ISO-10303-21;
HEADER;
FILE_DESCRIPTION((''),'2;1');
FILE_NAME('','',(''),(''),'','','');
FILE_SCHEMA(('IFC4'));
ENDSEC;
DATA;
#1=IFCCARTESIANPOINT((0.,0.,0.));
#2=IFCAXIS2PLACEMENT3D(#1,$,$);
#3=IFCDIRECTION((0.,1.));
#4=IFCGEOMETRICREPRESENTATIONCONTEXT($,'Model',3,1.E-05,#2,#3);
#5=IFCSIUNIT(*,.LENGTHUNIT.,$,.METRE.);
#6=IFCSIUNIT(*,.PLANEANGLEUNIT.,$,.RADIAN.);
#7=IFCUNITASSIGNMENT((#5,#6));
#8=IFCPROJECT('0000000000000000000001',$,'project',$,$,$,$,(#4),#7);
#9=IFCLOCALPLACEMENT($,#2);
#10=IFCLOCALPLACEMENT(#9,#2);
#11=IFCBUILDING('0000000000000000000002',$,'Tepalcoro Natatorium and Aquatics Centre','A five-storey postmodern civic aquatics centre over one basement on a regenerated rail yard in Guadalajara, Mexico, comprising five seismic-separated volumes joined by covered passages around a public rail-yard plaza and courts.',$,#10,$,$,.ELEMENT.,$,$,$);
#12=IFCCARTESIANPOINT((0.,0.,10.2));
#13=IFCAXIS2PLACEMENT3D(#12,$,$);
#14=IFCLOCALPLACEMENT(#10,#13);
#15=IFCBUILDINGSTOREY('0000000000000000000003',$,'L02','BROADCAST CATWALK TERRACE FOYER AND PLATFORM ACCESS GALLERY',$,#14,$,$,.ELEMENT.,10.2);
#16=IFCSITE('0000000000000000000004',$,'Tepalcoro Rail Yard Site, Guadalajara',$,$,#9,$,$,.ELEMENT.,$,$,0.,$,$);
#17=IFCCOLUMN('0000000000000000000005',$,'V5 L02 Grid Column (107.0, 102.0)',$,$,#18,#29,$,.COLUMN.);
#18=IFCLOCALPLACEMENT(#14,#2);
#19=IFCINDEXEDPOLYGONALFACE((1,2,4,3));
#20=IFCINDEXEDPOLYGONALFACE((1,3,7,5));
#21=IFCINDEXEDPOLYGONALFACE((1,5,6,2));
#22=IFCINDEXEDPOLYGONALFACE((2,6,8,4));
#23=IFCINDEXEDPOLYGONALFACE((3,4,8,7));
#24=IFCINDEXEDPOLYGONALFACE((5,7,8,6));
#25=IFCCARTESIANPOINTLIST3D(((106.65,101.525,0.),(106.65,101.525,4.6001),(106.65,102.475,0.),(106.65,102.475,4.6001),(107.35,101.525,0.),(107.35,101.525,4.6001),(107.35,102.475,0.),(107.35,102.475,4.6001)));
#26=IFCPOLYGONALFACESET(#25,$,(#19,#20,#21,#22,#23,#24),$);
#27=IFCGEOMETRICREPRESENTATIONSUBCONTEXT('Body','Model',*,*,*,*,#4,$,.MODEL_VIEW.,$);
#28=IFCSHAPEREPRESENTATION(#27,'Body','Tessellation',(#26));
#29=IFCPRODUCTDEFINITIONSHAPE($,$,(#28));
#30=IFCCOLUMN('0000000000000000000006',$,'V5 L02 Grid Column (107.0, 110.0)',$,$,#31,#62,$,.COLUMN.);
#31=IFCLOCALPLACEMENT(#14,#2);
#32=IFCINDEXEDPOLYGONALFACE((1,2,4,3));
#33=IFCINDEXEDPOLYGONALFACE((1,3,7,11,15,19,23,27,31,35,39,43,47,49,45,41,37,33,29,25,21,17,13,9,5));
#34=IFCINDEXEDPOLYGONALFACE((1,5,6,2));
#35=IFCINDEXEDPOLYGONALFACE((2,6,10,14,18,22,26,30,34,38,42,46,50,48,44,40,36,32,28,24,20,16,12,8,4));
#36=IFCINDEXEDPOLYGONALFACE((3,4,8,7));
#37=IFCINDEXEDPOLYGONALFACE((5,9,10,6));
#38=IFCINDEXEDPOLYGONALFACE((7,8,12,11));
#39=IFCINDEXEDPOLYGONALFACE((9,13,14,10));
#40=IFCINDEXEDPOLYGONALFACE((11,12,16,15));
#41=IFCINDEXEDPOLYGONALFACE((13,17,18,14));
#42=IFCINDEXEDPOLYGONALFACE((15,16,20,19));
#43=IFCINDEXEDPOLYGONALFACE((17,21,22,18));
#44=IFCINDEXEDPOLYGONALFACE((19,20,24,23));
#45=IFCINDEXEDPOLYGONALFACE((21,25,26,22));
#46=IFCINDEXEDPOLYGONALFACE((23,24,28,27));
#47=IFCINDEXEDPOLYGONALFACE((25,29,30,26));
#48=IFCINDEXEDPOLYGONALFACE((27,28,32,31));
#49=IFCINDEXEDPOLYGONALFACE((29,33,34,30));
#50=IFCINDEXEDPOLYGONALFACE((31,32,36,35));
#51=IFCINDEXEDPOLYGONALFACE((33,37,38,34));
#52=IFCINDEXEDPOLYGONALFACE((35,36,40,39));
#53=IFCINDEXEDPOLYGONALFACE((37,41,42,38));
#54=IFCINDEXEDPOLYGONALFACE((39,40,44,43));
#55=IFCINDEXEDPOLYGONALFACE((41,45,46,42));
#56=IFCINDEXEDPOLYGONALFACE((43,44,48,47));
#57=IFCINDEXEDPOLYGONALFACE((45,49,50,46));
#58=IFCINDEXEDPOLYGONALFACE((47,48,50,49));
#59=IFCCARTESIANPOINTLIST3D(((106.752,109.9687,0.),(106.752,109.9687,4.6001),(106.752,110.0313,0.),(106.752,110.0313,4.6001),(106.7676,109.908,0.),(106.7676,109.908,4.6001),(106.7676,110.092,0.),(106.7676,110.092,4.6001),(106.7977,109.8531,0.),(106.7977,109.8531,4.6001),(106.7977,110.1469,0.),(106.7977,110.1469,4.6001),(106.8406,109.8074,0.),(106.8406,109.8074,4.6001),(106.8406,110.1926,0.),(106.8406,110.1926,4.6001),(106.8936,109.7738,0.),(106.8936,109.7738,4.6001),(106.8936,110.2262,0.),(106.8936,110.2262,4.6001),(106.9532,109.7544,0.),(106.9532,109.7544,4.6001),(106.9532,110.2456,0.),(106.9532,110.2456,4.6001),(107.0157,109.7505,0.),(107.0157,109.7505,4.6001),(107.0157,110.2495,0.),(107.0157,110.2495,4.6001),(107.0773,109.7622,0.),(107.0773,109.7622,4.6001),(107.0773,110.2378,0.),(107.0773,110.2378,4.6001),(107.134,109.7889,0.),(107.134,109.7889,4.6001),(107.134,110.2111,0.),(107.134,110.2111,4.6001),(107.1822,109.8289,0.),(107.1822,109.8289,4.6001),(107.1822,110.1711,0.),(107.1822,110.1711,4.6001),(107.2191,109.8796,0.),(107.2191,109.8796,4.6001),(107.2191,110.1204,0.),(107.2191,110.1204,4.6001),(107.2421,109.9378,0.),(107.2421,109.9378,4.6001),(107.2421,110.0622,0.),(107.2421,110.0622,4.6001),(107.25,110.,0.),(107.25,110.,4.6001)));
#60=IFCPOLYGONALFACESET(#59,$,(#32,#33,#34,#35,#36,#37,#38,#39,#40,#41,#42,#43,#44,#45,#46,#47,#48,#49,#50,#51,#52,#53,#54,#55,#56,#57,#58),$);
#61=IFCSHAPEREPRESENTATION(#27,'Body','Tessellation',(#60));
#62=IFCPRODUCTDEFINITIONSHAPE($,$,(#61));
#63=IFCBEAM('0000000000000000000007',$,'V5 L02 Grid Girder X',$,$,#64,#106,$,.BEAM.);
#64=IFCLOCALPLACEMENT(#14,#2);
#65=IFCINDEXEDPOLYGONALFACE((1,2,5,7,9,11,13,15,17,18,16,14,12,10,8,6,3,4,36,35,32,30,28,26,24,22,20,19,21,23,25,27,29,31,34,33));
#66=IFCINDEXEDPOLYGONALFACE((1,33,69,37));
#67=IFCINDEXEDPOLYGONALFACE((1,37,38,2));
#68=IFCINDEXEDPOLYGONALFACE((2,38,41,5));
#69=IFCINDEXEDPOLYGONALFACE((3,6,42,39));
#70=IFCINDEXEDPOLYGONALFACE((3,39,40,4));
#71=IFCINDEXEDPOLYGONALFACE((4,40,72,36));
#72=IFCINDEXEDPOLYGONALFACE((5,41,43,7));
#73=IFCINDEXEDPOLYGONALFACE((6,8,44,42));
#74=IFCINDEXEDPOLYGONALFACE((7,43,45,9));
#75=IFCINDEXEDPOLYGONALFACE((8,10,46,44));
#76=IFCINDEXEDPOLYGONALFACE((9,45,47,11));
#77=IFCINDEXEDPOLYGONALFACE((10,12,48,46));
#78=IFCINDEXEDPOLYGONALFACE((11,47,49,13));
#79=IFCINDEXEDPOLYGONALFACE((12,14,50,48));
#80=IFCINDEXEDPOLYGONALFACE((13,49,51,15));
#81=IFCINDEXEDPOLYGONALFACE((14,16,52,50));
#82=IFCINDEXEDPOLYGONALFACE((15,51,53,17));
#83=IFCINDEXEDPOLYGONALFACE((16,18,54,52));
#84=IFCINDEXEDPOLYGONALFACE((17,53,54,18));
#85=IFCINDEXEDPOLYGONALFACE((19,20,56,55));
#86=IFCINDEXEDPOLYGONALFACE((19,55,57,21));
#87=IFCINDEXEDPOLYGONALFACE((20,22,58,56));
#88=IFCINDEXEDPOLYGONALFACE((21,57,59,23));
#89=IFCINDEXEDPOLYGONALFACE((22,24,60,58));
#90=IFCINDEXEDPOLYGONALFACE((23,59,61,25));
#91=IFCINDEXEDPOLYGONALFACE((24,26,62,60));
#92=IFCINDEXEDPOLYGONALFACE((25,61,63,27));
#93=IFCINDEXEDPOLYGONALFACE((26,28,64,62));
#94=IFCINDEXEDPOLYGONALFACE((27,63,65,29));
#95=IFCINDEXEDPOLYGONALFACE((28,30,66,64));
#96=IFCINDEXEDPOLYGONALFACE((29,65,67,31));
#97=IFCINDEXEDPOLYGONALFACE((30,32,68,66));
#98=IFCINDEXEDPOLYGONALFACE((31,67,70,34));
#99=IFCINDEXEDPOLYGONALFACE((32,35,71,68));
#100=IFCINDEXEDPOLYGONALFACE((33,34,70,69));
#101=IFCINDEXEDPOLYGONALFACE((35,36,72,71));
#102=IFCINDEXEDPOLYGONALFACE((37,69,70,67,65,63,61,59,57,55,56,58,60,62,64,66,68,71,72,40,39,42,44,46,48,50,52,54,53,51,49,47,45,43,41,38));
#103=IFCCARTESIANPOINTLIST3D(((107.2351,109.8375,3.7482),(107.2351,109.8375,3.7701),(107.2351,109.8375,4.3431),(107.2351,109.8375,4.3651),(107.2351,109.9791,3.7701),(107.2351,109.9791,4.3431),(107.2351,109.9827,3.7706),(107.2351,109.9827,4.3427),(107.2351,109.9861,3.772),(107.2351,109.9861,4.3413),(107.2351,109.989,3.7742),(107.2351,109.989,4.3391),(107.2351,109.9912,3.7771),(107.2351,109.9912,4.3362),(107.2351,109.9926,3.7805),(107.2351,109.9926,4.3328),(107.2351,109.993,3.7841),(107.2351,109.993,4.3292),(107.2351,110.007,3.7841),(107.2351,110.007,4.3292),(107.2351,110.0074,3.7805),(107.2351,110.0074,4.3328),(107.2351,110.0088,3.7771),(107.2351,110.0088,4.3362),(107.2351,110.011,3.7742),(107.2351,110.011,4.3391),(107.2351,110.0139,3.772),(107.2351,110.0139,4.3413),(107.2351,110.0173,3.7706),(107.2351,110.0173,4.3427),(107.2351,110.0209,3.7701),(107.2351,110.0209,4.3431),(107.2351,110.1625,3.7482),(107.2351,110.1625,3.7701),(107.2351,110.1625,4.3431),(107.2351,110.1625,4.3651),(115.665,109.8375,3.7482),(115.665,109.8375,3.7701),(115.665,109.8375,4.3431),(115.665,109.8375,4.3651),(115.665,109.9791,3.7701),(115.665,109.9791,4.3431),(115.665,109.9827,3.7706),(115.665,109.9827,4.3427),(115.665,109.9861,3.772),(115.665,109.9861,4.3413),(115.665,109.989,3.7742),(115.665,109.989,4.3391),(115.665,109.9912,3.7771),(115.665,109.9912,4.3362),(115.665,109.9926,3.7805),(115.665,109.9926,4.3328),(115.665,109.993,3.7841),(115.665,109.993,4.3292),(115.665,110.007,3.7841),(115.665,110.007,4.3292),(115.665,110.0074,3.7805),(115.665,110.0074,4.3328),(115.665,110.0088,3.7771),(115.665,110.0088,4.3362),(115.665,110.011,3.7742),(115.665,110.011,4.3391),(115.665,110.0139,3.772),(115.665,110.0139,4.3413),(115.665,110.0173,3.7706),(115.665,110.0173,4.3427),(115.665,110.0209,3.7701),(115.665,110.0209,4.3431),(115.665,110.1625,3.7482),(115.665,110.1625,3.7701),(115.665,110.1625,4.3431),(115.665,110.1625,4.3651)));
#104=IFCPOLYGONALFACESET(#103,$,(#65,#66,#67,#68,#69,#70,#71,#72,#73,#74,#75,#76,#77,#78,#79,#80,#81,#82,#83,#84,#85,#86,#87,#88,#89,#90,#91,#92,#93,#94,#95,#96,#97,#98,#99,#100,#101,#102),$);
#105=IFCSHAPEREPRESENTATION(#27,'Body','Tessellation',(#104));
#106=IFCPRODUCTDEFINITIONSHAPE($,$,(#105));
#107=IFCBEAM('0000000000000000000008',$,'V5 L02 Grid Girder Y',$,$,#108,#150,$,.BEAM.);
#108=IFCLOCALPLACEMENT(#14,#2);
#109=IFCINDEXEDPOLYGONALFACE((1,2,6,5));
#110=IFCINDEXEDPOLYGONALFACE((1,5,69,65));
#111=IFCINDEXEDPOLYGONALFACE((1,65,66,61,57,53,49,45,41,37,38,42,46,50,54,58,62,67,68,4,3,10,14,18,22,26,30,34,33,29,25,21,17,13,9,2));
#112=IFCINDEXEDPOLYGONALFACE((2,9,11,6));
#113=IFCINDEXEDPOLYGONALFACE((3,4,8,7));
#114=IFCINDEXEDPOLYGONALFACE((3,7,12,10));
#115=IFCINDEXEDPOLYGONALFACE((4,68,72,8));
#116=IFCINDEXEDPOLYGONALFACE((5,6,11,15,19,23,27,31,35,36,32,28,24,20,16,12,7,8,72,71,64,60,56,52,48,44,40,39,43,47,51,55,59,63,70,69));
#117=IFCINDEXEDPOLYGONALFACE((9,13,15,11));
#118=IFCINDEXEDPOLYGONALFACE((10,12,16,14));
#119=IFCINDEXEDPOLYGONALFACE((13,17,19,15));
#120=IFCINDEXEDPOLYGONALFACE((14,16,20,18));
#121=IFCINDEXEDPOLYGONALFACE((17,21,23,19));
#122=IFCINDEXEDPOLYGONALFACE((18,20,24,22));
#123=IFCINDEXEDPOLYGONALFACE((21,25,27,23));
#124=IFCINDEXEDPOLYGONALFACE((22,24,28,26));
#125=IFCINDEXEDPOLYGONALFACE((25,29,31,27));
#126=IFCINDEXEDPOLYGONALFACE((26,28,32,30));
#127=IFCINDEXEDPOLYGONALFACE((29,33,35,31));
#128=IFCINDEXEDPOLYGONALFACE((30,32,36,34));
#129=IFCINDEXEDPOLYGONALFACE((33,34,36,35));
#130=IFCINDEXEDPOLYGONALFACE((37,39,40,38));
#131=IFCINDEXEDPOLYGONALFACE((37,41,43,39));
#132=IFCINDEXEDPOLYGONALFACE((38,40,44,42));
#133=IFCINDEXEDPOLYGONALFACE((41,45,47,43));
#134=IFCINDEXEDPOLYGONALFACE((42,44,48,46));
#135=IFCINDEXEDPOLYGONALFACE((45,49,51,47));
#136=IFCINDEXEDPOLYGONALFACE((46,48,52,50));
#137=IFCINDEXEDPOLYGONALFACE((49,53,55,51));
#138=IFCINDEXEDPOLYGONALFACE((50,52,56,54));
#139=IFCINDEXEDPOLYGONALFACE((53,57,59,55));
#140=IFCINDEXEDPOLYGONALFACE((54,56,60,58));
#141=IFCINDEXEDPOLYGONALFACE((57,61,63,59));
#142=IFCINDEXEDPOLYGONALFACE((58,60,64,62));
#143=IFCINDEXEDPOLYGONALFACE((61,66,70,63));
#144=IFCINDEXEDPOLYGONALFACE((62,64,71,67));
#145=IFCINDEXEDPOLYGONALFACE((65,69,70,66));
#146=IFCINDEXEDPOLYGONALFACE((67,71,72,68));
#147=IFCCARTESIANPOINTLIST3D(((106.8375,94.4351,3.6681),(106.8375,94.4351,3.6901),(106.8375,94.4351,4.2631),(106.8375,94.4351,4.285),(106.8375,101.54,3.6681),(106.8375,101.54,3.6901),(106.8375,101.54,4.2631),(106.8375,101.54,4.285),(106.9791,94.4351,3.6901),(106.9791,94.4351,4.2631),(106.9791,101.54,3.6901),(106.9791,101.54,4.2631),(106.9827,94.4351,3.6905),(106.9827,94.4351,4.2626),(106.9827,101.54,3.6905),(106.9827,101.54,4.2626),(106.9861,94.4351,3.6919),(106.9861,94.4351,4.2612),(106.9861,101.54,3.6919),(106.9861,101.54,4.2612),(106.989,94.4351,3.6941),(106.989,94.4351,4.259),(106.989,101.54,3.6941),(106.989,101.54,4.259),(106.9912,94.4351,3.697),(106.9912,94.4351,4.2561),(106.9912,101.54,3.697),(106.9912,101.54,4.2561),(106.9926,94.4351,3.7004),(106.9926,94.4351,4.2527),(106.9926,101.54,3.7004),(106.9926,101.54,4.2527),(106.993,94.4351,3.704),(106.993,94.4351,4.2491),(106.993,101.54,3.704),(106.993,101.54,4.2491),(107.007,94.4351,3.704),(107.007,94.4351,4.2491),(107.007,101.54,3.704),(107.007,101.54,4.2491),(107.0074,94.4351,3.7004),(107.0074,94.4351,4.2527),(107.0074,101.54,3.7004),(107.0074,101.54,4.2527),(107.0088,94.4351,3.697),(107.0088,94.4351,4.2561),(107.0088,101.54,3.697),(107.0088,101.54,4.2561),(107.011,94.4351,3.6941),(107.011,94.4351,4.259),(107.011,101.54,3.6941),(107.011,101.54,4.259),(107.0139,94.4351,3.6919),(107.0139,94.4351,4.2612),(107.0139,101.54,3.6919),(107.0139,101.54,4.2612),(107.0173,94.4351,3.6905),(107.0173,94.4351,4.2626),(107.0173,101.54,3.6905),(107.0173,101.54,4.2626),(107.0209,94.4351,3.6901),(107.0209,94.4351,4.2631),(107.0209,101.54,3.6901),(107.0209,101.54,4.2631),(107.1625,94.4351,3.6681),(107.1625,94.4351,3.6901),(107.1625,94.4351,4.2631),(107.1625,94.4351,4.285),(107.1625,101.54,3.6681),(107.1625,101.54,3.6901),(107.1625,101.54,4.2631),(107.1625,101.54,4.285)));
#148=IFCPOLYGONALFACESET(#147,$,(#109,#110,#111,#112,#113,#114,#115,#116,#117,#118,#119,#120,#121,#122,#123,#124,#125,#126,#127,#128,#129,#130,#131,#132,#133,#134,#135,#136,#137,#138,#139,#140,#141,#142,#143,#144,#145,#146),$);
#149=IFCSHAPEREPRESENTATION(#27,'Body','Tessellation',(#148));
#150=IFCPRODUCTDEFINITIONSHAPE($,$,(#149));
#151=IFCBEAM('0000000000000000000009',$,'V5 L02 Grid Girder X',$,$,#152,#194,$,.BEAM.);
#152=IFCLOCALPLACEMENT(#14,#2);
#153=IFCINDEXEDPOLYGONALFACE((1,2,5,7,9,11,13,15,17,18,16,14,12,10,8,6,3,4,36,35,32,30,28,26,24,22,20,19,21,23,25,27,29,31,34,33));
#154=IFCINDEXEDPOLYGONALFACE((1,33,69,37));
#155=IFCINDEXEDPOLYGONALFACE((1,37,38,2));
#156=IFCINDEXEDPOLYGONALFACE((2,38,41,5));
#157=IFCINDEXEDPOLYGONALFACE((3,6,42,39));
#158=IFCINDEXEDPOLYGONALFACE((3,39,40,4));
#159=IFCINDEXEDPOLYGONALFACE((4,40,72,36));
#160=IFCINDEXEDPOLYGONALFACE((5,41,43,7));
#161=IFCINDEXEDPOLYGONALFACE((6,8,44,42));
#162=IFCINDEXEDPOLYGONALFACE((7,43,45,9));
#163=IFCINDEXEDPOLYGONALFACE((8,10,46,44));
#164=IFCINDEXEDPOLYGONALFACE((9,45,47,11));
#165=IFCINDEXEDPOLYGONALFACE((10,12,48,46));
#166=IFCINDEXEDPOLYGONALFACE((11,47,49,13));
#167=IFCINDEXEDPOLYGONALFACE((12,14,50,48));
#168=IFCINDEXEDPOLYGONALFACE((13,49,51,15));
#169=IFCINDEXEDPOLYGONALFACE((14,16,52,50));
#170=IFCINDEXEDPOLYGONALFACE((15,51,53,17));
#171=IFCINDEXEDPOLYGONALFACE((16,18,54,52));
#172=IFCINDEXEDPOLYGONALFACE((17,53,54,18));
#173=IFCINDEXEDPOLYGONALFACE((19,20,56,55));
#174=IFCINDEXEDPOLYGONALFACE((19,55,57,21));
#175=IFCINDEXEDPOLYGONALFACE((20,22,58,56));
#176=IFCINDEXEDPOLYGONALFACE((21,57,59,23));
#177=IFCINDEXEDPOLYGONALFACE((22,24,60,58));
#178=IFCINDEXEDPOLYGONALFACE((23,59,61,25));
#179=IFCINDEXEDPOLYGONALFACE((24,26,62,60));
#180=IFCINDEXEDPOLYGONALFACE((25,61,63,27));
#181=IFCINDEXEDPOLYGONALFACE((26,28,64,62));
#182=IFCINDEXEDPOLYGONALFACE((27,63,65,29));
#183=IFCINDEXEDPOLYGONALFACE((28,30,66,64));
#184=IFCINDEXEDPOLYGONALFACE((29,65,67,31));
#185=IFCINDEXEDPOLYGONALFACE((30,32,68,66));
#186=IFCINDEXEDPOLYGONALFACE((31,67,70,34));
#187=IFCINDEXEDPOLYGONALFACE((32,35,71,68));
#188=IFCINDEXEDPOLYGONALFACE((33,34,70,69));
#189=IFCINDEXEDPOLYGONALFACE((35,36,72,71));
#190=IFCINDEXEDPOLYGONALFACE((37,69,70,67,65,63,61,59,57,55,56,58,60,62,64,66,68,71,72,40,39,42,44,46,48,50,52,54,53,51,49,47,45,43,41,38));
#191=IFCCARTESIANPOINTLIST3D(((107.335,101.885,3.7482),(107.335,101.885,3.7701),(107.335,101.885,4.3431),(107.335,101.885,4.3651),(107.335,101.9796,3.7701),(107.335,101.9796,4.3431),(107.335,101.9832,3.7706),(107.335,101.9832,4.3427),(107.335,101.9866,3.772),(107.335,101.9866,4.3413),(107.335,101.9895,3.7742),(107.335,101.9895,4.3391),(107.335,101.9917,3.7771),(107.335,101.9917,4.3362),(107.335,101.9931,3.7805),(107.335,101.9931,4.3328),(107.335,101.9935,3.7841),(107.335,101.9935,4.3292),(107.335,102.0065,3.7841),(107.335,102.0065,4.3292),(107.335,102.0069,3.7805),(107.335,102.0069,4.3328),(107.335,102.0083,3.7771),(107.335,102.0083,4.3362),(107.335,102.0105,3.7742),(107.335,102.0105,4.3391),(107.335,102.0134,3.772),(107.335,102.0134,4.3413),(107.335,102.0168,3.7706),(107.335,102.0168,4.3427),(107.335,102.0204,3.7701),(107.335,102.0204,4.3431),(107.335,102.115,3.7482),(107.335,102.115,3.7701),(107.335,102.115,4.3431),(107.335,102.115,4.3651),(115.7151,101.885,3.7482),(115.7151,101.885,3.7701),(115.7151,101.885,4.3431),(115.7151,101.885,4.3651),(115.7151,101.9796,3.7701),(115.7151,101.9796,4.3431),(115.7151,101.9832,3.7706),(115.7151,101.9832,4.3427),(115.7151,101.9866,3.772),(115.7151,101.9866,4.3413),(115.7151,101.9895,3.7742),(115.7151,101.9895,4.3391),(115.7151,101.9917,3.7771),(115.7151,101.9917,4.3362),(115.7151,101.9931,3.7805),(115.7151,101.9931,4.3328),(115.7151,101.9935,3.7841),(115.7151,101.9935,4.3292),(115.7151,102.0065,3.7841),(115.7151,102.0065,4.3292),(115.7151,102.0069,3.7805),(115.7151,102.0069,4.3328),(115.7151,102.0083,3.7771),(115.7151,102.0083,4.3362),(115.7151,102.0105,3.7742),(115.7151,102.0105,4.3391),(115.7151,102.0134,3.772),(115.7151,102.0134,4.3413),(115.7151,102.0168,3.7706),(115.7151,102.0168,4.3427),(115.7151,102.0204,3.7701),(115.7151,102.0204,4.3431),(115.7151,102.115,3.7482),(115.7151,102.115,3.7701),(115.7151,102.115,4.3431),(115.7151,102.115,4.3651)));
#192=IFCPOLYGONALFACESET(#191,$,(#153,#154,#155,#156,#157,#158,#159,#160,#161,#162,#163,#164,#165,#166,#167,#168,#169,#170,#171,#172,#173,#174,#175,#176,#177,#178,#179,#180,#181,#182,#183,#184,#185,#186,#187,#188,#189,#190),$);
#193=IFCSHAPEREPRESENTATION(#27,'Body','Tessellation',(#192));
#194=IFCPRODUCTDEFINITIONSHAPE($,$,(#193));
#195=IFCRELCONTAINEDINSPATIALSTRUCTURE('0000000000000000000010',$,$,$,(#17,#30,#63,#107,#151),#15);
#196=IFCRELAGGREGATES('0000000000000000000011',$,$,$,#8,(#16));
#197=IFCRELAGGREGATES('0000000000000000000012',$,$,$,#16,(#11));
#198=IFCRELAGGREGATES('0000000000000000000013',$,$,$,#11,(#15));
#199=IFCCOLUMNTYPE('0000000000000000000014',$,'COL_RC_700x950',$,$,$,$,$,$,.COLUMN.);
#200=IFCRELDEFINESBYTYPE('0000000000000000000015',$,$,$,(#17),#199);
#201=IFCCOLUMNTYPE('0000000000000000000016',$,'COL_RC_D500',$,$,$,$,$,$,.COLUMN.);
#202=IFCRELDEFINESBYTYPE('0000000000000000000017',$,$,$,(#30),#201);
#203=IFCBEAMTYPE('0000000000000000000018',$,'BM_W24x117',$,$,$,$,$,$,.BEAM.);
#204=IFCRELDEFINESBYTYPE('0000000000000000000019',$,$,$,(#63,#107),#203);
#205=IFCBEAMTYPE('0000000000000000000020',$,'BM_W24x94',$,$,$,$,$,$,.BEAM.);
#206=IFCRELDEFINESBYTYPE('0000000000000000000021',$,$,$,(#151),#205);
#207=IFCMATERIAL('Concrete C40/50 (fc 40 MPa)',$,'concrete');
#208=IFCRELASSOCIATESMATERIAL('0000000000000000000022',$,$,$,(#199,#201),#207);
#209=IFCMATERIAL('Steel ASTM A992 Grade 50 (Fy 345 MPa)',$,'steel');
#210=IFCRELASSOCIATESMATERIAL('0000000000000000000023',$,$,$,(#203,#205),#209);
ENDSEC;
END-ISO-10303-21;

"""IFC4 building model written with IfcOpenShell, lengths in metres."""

from ifc_helpers import new_model, si_unit, direction, frame, origin, origin_2d, place, context, subcontext, project, spatial, rectangle, circle, i_section, extrude, material, material_profile, profile_set, type_object, element, save


model = new_model("IFC4")

# Units and contexts
model_context = context("Model", 3, precision=1e-05, world=origin(), true_north=direction((0.0, 1.0)))
body_context = subcontext(model_context, "Body", "Model", "MODEL_VIEW")
ifc_project = project(units=[si_unit("LENGTHUNIT", "METRE"), si_unit("PLANEANGLEUNIT", "RADIAN")], contexts=[model_context])

# Site, building, storey
site_placement = place(None, origin())
site = spatial("IfcSite", under=ifc_project, at=site_placement, Name="Tepalcoro Rail Yard Site, Guadalajara", CompositionType="ELEMENT", RefElevation=0.0)
building_placement = place(site_placement, origin())
building = spatial("IfcBuilding", under=site, at=building_placement, Name="Tepalcoro Natatorium and Aquatics Centre", Description="A five-storey postmodern civic aquatics centre over one basement on a regenerated rail yard in Guadalajara, Mexico, comprising five seismic-separated volumes joined by covered passages around a public rail-yard plaza and courts.", CompositionType="ELEMENT")
storey_placement = place(building_placement, frame((0.0, 0.0, 10.2)))
storey = spatial("IfcBuildingStorey", under=building, at=storey_placement, Name="L02", Description="BROADCAST CATWALK TERRACE FOYER AND PLATFORM ACCESS GALLERY", CompositionType="ELEMENT", Elevation=10.2)

# Columns
ifc_material_1 = material(Name="Concrete C40/50 (fc 40 MPa)", Category="concrete")
ifc_material_profile_1 = material_profile(ifc_material_1, rectangle(XDim=0.7, YDim=0.95, at=origin_2d()), Name="RC700x950")
ifc_profile_set_1 = profile_set([ifc_material_profile_1], Name="Concrete C40/50 (fc 40 MPa)")
column_type_1 = type_object("IfcColumnType", Name="COL_RC_700x950", PredefinedType="COLUMN", material=ifc_profile_set_1)
column_1_placement = place(storey_placement, frame((107.0, 102.0, 0.0), z_axis=(0.0, 0.0, 1.0), x_axis=(1.0, 0.0, 0.0)))
element("IfcColumn", 1, at=column_1_placement, inside=storey, type_object=column_type_1, Name="V5 L02 Grid Column (107.0, 102.0)", PredefinedType="COLUMN", context=body_context, shape_type="SweptSolid", body=[
    extrude(rectangle(XDim=0.7, YDim=0.95, at=origin_2d()), origin(), (0.0, 0.0, 1.0), 4.6001),
])
ifc_material_profile_2 = material_profile(ifc_material_1, circle(Radius=0.25, at=origin_2d()), Name="RCD500")
ifc_profile_set_2 = profile_set([ifc_material_profile_2], Name="Concrete C40/50 (fc 40 MPa)")
column_type_2 = type_object("IfcColumnType", Name="COL_RC_D500", PredefinedType="COLUMN", material=ifc_profile_set_2)
column_2_placement = place(storey_placement, frame((107.0, 110.0, 0.0), z_axis=(0.0, 0.0, 1.0), x_axis=(1.0, 0.0, 0.0)))
element("IfcColumn", 2, at=column_2_placement, inside=storey, type_object=column_type_2, Name="V5 L02 Grid Column (107.0, 110.0)", PredefinedType="COLUMN", context=body_context, shape_type="SweptSolid", body=[
    extrude(circle(Radius=0.25, at=origin_2d()), origin(), (0.0, 0.0, 1.0), 4.6001),
])

# Beams
ifc_material_2 = material(Name="Steel ASTM A992 Grade 50 (Fy 345 MPa)", Category="steel")
ifc_material_profile_3 = material_profile(ifc_material_2, i_section(OverallWidth=0.325, OverallDepth=0.6169, WebThickness=0.0139, FlangeThickness=0.022, FilletRadius=0.0139, at=origin_2d()), Name="W24X117")
ifc_profile_set_3 = profile_set([ifc_material_profile_3], Name="Steel ASTM A992 Grade 50 (Fy 345 MPa)")
beam_type_1 = type_object("IfcBeamType", Name="BM_W24x117", PredefinedType="BEAM", material=ifc_profile_set_3)
beam_1_placement = place(storey_placement, frame((107.2351, 110.0, 4.0566), z_axis=(1.0, 0.0, 0.0), x_axis=(0.0, 1.0, 0.0)))
element("IfcBeam", 3, at=beam_1_placement, inside=storey, type_object=beam_type_1, Name="V5 L02 Grid Girder X", PredefinedType="BEAM", context=body_context, shape_type="SweptSolid", body=[
    extrude(i_section(OverallWidth=0.325, OverallDepth=0.6169, WebThickness=0.0139, FlangeThickness=0.022, FilletRadius=0.0139, at=origin_2d()), origin(), (0.0, 0.0, 1.0), 8.4299),
])
beam_2_placement = place(storey_placement, frame((107.0, 94.4351, 3.9766), z_axis=(0.0, 1.0, 0.0), x_axis=(-1.0, 0.0, 0.0)))
element("IfcBeam", 4, at=beam_2_placement, inside=storey, type_object=beam_type_1, Name="V5 L02 Grid Girder Y", PredefinedType="BEAM", context=body_context, shape_type="SweptSolid", body=[
    extrude(i_section(OverallWidth=0.325, OverallDepth=0.6169, WebThickness=0.0139, FlangeThickness=0.022, FilletRadius=0.0139, at=origin_2d()), origin(), (0.0, 0.0, 1.0), 7.105),
])
ifc_material_profile_4 = material_profile(ifc_material_2, i_section(OverallWidth=0.23, OverallDepth=0.6169, WebThickness=0.0129, FlangeThickness=0.022, FilletRadius=0.0139, at=origin_2d()), Name="W24X94")
ifc_profile_set_4 = profile_set([ifc_material_profile_4], Name="Steel ASTM A992 Grade 50 (Fy 345 MPa)")
beam_type_2 = type_object("IfcBeamType", Name="BM_W24x94", PredefinedType="BEAM", material=ifc_profile_set_4)
beam_3_placement = place(storey_placement, frame((107.335, 102.0, 4.0566), z_axis=(1.0, 0.0, 0.0), x_axis=(0.0, 1.0, 0.0)))
element("IfcBeam", 5, at=beam_3_placement, inside=storey, type_object=beam_type_2, Name="V5 L02 Grid Girder X", PredefinedType="BEAM", context=body_context, shape_type="SweptSolid", body=[
    extrude(i_section(OverallWidth=0.23, OverallDepth=0.6169, WebThickness=0.0129, FlangeThickness=0.022, FilletRadius=0.0139, at=origin_2d()), origin(), (0.0, 0.0, 1.0), 8.3801),
])

save(model, "model.ifc")
